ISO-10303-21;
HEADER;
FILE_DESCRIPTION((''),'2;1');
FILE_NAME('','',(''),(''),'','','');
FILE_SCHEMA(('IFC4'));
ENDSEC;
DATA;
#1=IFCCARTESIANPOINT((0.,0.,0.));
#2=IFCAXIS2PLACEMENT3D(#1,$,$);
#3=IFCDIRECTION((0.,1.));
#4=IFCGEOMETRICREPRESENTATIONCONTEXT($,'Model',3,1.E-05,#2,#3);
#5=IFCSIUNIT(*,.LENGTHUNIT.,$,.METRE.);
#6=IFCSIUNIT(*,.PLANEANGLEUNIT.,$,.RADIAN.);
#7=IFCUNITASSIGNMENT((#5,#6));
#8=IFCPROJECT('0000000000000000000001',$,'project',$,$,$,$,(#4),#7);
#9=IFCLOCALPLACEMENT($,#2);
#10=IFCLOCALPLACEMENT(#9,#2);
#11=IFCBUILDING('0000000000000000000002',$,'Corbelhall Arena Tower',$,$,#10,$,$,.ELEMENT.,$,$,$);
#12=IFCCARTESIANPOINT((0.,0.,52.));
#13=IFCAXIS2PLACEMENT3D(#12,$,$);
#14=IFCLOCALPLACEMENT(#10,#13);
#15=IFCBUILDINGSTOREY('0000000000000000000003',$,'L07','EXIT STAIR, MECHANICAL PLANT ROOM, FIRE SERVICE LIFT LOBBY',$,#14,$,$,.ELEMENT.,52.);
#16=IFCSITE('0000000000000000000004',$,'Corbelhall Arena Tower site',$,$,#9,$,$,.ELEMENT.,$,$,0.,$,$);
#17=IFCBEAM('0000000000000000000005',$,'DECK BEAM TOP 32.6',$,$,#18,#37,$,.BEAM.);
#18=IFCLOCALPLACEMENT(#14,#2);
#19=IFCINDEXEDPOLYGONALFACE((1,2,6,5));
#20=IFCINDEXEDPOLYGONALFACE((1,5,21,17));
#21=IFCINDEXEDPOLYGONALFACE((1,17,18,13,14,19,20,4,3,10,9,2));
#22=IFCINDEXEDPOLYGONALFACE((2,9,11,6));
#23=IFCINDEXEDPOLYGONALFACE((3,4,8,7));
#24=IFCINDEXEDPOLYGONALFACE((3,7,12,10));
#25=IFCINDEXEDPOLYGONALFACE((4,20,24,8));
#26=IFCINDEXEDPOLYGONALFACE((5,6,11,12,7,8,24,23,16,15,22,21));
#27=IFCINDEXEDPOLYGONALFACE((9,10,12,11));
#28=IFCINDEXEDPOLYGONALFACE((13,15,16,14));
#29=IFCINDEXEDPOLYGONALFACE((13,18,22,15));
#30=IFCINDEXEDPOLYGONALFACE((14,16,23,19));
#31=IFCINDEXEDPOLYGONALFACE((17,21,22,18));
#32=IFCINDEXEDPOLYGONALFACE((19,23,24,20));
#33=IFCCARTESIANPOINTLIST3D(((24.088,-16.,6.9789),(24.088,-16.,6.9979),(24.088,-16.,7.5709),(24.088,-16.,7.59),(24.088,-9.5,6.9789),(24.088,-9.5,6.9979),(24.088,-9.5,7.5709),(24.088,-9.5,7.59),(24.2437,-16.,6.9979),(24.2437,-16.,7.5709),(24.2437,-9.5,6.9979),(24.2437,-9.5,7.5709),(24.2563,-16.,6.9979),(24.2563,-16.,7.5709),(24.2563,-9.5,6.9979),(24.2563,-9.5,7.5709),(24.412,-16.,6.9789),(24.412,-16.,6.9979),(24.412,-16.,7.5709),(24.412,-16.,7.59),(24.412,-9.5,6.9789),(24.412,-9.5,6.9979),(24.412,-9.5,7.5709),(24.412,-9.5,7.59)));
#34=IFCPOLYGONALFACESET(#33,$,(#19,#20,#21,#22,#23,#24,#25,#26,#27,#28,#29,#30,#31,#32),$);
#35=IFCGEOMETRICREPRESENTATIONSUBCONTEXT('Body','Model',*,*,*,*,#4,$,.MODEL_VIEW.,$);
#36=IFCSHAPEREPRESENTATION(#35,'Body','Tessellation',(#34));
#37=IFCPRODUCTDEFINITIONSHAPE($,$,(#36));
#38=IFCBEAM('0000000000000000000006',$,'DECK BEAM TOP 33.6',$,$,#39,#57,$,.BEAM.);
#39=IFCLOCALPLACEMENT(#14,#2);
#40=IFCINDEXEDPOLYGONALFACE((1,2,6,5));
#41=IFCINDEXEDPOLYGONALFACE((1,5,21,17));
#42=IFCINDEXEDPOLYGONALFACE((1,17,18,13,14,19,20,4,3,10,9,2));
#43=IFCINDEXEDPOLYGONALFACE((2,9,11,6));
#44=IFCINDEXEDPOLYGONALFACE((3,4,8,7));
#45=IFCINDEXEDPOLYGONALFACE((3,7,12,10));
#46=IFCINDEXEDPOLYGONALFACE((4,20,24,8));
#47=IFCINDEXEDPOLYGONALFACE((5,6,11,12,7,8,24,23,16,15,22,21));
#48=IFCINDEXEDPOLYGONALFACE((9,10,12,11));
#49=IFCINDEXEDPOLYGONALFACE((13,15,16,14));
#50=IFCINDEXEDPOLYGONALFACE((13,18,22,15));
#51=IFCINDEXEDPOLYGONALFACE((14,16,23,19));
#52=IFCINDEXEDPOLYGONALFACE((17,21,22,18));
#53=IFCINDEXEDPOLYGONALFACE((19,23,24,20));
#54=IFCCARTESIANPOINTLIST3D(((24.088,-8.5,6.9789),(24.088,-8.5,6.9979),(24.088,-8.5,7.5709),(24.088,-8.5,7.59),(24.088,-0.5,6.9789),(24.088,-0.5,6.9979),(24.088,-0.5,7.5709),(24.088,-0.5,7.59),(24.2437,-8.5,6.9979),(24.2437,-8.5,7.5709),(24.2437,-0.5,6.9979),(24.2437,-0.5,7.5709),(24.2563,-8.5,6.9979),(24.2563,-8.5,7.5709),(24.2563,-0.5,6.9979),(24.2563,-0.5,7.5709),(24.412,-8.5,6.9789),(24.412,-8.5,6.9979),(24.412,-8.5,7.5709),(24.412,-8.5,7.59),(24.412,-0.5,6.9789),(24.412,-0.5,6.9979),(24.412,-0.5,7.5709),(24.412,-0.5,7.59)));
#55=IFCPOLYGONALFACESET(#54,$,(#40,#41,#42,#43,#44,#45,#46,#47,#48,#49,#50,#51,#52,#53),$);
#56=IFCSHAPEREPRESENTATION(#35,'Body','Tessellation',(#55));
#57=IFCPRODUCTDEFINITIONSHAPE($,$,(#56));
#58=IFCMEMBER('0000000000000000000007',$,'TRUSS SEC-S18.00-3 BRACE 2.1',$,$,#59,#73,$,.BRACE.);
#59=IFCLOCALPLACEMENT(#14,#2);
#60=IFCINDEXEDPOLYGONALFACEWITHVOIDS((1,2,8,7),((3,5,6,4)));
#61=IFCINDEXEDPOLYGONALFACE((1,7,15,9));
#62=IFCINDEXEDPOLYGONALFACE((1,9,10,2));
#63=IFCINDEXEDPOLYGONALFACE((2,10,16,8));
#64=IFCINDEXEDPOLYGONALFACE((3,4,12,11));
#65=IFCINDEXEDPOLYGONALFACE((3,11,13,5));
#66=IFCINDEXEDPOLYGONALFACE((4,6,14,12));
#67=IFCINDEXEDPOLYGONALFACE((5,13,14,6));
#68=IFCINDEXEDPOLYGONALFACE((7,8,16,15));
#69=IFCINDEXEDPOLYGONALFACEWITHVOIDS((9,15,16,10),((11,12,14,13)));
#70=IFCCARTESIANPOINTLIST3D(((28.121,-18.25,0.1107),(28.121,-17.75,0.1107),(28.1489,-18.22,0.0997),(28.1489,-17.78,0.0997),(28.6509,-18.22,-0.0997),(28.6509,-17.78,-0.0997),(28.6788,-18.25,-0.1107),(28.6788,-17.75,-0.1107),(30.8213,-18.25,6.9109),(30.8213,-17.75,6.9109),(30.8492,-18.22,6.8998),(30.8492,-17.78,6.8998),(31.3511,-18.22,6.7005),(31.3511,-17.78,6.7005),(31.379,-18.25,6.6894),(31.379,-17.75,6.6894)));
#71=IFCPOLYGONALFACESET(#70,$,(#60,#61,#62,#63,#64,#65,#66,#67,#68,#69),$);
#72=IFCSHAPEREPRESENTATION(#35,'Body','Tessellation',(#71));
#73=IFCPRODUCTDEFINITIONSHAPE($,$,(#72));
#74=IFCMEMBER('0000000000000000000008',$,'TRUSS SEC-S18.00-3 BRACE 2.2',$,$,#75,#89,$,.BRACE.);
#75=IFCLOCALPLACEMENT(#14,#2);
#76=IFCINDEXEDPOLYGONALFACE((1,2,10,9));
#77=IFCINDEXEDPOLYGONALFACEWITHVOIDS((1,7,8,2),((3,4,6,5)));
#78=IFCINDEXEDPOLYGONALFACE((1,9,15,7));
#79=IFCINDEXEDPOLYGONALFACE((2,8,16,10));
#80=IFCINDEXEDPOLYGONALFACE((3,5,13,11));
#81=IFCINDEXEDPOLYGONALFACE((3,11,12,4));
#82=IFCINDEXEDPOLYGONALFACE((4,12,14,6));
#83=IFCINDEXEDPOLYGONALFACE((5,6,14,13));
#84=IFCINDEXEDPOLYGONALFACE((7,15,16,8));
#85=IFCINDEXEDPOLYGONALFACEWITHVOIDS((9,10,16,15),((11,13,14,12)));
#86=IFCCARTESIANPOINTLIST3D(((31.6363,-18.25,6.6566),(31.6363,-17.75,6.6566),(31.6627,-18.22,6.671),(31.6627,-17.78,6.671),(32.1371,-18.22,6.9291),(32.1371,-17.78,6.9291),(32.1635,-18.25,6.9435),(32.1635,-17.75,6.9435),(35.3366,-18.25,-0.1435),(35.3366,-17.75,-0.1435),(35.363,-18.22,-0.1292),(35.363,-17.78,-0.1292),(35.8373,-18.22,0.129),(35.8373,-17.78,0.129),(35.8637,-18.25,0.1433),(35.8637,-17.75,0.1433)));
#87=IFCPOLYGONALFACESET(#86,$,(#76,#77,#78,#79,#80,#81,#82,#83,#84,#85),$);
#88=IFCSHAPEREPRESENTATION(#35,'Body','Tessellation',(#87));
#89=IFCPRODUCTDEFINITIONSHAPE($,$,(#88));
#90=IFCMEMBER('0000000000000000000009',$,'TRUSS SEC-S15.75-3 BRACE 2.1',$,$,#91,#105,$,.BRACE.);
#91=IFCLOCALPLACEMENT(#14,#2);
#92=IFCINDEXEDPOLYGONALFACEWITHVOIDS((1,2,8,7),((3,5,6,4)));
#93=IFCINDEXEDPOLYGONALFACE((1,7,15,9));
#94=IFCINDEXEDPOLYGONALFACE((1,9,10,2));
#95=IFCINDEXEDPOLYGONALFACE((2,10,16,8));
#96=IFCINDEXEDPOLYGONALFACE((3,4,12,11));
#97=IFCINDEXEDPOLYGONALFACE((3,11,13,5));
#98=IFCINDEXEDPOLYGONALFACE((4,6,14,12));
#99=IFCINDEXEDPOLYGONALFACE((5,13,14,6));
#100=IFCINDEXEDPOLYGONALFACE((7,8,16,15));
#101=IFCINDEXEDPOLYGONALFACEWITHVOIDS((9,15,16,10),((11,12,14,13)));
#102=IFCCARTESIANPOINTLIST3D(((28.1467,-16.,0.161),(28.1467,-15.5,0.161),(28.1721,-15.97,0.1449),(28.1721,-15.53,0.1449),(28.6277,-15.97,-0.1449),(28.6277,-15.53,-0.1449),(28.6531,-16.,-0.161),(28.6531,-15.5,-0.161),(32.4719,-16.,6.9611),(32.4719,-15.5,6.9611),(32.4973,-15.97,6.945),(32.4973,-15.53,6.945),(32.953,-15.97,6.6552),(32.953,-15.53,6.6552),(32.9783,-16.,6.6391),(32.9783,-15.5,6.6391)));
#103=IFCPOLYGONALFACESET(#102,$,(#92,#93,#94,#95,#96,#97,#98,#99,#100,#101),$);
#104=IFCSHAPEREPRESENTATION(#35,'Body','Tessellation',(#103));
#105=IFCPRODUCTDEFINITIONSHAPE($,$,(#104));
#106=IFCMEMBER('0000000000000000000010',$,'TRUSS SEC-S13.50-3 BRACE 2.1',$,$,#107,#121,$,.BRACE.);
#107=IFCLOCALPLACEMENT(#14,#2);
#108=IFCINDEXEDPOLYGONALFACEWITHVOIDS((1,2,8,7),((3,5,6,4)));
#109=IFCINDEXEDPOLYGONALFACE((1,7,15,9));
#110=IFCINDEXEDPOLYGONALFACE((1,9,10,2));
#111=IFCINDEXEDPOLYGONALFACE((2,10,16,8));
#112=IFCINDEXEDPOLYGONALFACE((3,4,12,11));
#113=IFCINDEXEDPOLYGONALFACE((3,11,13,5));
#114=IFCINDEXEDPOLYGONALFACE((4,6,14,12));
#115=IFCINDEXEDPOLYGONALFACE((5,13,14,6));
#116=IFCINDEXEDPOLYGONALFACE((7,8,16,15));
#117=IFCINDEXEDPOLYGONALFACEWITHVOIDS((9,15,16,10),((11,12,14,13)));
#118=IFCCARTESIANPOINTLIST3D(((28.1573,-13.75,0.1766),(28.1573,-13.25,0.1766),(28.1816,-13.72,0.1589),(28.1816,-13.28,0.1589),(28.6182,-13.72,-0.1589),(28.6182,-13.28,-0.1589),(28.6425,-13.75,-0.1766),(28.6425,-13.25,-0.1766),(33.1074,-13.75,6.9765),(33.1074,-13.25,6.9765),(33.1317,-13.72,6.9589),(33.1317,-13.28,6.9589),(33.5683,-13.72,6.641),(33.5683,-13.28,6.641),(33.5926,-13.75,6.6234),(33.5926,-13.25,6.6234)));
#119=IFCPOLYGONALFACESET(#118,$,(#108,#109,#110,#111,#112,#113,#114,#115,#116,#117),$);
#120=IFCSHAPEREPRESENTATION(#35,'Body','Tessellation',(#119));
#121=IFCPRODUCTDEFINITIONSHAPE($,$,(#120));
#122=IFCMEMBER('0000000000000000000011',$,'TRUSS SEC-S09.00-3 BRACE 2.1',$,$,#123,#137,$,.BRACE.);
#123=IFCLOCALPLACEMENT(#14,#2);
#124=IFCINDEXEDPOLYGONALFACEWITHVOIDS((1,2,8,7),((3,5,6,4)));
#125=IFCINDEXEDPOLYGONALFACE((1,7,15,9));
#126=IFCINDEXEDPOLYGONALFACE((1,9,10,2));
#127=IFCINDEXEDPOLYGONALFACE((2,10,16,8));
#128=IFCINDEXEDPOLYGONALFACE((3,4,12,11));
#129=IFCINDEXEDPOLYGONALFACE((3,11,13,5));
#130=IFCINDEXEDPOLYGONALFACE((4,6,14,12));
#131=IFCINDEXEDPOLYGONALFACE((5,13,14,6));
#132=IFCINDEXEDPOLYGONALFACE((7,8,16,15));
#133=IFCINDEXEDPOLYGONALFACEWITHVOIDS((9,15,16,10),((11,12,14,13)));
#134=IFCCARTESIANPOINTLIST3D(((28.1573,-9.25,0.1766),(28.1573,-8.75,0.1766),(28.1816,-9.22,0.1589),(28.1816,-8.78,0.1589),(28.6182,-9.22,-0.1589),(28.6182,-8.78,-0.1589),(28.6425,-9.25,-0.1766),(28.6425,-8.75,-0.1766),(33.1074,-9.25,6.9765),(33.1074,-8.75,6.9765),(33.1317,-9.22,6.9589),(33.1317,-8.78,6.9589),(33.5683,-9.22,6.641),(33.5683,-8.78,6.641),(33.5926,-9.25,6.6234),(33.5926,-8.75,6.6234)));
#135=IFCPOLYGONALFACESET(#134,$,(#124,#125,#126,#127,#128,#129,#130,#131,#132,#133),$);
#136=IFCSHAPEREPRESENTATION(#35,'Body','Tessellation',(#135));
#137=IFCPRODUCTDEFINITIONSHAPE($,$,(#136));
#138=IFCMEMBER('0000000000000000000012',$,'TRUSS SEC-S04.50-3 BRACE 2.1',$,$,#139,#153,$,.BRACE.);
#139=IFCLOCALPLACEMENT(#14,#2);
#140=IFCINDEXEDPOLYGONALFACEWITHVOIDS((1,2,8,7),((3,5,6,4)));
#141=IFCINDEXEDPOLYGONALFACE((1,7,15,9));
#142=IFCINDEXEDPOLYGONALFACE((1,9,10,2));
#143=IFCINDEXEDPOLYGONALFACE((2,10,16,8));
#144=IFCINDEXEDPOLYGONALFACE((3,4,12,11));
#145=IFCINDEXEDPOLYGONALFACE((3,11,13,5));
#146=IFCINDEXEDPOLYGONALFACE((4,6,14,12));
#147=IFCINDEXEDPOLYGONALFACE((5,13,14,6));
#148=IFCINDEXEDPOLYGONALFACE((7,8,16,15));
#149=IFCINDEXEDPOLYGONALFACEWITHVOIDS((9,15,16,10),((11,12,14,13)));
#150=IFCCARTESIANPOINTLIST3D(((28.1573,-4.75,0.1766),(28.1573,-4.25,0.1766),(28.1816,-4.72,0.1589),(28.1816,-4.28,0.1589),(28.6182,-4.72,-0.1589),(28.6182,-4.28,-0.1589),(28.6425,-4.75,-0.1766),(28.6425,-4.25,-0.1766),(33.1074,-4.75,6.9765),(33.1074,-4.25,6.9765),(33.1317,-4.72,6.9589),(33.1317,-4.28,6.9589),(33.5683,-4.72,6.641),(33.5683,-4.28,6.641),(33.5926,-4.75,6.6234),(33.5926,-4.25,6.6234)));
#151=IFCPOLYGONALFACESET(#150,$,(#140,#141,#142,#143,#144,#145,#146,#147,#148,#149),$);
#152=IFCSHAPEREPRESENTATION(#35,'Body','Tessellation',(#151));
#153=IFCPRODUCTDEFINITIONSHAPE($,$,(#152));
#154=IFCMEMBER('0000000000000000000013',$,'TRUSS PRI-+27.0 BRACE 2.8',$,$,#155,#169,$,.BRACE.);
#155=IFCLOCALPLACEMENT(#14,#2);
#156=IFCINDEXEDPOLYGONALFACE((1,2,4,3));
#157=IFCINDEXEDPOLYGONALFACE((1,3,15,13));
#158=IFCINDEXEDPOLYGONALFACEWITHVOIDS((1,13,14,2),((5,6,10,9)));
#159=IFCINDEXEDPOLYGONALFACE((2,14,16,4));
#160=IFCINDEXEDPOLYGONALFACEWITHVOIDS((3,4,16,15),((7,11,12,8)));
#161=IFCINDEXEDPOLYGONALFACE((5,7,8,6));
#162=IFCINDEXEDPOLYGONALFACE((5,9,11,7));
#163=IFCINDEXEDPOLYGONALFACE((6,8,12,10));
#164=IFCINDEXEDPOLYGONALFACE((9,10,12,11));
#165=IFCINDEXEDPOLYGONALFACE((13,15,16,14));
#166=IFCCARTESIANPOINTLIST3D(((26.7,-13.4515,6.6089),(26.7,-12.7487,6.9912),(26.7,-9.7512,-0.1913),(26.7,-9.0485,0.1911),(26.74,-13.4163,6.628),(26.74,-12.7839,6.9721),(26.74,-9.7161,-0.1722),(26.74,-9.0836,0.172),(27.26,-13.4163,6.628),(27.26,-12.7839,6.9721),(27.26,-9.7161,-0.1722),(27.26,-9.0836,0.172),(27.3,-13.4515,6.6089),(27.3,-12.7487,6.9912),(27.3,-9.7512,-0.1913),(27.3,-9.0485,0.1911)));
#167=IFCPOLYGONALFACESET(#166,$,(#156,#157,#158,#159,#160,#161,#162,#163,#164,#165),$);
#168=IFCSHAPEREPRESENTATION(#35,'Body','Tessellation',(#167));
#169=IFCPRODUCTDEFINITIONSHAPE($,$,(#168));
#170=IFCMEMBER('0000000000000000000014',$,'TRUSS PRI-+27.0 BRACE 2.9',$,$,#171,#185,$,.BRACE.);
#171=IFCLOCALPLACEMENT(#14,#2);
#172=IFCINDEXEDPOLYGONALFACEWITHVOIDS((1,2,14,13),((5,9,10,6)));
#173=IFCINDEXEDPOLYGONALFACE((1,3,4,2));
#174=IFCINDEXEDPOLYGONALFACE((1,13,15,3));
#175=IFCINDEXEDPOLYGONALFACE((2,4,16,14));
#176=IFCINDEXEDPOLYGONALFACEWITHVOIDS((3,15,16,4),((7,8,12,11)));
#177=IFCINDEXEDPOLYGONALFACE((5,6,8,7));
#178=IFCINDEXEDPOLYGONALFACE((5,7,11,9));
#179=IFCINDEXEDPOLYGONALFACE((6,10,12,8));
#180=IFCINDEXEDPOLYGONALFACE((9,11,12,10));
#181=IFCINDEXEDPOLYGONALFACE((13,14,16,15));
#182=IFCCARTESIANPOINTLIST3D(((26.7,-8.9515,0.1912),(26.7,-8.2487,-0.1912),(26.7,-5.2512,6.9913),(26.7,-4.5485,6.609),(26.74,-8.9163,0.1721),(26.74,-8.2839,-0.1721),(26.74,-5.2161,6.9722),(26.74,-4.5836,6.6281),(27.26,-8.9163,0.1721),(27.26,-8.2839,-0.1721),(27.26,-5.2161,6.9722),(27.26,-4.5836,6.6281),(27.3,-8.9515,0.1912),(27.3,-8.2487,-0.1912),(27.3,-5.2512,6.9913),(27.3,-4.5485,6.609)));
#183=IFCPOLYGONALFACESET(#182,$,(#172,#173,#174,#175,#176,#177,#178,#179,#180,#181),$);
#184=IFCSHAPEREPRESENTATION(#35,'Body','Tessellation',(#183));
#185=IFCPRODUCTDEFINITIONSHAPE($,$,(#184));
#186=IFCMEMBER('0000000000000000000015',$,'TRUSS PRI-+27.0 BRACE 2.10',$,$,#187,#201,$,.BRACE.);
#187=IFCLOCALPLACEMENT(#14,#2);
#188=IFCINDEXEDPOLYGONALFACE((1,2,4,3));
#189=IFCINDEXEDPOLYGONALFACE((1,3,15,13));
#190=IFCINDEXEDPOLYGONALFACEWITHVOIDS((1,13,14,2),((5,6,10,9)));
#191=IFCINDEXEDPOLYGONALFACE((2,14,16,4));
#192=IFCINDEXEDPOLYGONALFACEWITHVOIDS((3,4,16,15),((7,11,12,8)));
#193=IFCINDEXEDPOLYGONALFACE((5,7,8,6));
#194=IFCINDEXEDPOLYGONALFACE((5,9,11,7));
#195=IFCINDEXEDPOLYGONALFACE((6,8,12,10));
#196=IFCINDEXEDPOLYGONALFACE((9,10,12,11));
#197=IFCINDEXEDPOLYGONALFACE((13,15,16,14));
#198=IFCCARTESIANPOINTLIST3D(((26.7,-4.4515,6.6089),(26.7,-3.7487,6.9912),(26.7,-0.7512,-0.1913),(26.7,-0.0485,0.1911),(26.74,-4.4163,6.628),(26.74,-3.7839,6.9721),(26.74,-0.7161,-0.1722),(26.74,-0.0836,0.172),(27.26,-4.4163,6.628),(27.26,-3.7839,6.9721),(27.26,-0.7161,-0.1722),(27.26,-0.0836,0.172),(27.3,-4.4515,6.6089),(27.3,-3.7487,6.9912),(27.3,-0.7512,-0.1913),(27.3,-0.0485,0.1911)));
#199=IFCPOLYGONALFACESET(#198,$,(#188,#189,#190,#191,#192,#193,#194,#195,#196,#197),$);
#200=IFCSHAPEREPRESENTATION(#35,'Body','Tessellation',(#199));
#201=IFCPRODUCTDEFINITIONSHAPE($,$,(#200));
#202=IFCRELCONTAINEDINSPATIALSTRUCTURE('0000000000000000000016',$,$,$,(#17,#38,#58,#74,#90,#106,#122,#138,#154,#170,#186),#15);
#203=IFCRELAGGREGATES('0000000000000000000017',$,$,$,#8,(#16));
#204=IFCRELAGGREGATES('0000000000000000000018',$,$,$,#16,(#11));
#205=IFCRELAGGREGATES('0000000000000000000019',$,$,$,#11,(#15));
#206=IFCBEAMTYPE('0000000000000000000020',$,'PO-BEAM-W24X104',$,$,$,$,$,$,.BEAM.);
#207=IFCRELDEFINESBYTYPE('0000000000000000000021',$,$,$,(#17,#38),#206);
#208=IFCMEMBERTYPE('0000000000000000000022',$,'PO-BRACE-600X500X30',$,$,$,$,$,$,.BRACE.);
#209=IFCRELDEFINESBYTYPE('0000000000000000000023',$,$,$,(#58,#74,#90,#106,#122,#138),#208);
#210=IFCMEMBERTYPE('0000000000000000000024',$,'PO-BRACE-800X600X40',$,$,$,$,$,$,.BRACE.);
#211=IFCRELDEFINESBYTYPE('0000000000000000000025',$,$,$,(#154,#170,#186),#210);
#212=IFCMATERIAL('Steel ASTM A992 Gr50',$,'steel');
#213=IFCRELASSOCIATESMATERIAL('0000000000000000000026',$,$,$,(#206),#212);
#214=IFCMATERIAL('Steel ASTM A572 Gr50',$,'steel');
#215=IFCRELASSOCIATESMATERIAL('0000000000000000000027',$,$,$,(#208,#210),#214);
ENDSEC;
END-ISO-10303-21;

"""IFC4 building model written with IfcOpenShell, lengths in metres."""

from ifc_helpers import new_model, si_unit, direction, frame, origin, origin_2d, place, context, subcontext, project, spatial, hollow_rectangle, i_section, extrude, material, material_profile, profile_set, type_object, element, save


model = new_model("IFC4")

# Units and contexts
model_context = context("Model", 3, precision=1e-05, world=origin(), true_north=direction((0.0, 1.0)))
body_context = subcontext(model_context, "Body", "Model", "MODEL_VIEW")
ifc_project = project(units=[si_unit("LENGTHUNIT", "METRE"), si_unit("PLANEANGLEUNIT", "RADIAN")], contexts=[model_context])

# Site, building, storey
site_placement = place(None, origin())
site = spatial("IfcSite", under=ifc_project, at=site_placement, Name="Corbelhall Arena Tower site", CompositionType="ELEMENT", RefElevation=0.0)
building_placement = place(site_placement, origin())
building = spatial("IfcBuilding", under=site, at=building_placement, Name="Corbelhall Arena Tower", CompositionType="ELEMENT")
storey_placement = place(building_placement, frame((0.0, 0.0, 52.0)))
storey = spatial("IfcBuildingStorey", under=building, at=storey_placement, Name="L07", Description="EXIT STAIR, MECHANICAL PLANT ROOM, FIRE SERVICE LIFT LOBBY", CompositionType="ELEMENT", Elevation=52.0)

# Beams
ifc_material_1 = material(Name="Steel ASTM A992 Gr50", Category="steel")
ifc_material_profile_1 = material_profile(ifc_material_1, i_section(OverallWidth=0.324, OverallDepth=0.6111, WebThickness=0.0127, FlangeThickness=0.019, at=origin_2d()))
ifc_profile_set_1 = profile_set([ifc_material_profile_1], Name="Steel ASTM A992 Gr50")
beam_type = type_object("IfcBeamType", Name="PO-BEAM-W24X104", PredefinedType="BEAM", material=ifc_profile_set_1)
beam_1_placement = place(storey_placement, frame((24.25, -16.0, 7.2844), z_axis=(0.0, 1.0, 0.0), x_axis=(-1.0, 0.0, 0.0)))
element("IfcBeam", 1, at=beam_1_placement, inside=storey, type_object=beam_type, Name="DECK BEAM TOP 32.6", PredefinedType="BEAM", context=body_context, shape_type="SweptSolid", body=[
    extrude(i_section(OverallWidth=0.324, OverallDepth=0.6111, WebThickness=0.0127, FlangeThickness=0.019, at=origin_2d()), origin(), (0.0, 0.0, 1.0), 6.5),
])
beam_2_placement = place(storey_placement, frame((24.25, -8.5, 7.2844), z_axis=(0.0, 1.0, 0.0), x_axis=(-1.0, 0.0, 0.0)))
element("IfcBeam", 2, at=beam_2_placement, inside=storey, type_object=beam_type, Name="DECK BEAM TOP 33.6", PredefinedType="BEAM", context=body_context, shape_type="SweptSolid", body=[
    extrude(i_section(OverallWidth=0.324, OverallDepth=0.6111, WebThickness=0.0127, FlangeThickness=0.019, at=origin_2d()), origin(), (0.0, 0.0, 1.0), 8.0),
])

# Members
ifc_material_2 = material(Name="Steel ASTM A572 Gr50", Category="steel")
ifc_material_profile_2 = material_profile(ifc_material_2, hollow_rectangle(XDim=0.5, YDim=0.6001, WallThickness=0.03, at=origin_2d()))
ifc_profile_set_2 = profile_set([ifc_material_profile_2], Name="Steel ASTM A572 Gr50")
member_type_1 = type_object("IfcMemberType", Name="PO-BRACE-600X500X30", PredefinedType="BRACE", material=ifc_profile_set_2)
member_1_placement = place(storey_placement, frame((28.3999, -18.0, 0.0), z_axis=(0.369054, 0.0, 0.929408), x_axis=(0.0, 1.0, 0.0)))
element("IfcMember", 3, at=member_1_placement, inside=storey, type_object=member_type_1, Name="TRUSS SEC-S18.00-3 BRACE 2.1", PredefinedType="BRACE", context=body_context, shape_type="SweptSolid", body=[
    extrude(hollow_rectangle(XDim=0.5, YDim=0.6001, WallThickness=0.03, at=origin_2d()), origin(), (0.0, 0.0, 1.0), 7.3167),
])
member_2_placement = place(storey_placement, frame((31.8999, -18.0, 6.8), z_axis=(0.477964, 0.0, -0.87838), x_axis=(0.0, 1.0, 0.0)))
element("IfcMember", 4, at=member_2_placement, inside=storey, type_object=member_type_1, Name="TRUSS SEC-S18.00-3 BRACE 2.2", PredefinedType="BRACE", context=body_context, shape_type="SweptSolid", body=[
    extrude(hollow_rectangle(XDim=0.5, YDim=0.6001, WallThickness=0.03, at=origin_2d()), origin(), (0.0, 0.0, 1.0), 7.7417),
])
member_3_placement = place(storey_placement, frame((28.3999, -15.75, 0.0), z_axis=(0.536689, 0.0, 0.84378), x_axis=(0.0, 1.0, 0.0)))
element("IfcMember", 5, at=member_3_placement, inside=storey, type_object=member_type_1, Name="TRUSS SEC-S15.75-3 BRACE 2.1", PredefinedType="BRACE", context=body_context, shape_type="SweptSolid", body=[
    extrude(hollow_rectangle(XDim=0.5, YDim=0.6001, WallThickness=0.03, at=origin_2d()), origin(), (0.0, 0.0, 1.0), 8.0591),
])
for number, where, z_axis, x_axis, name in (
    (6, (28.3999, -13.5, 0.0), (0.588538, 0.0, 0.80847), (0.0, 1.0, 0.0), "TRUSS SEC-S13.50-3 BRACE 2.1"),
    (7, (28.3999, -9.0, 0.0), (0.588538, 0.0, 0.80847), (0.0, 1.0, 0.0), "TRUSS SEC-S09.00-3 BRACE 2.1"),
    (8, (28.3999, -4.5, 0.0), (0.588538, 0.0, 0.80847), (0.0, 1.0, 0.0), "TRUSS SEC-S04.50-3 BRACE 2.1"),
):
    element("IfcMember", number, at=place(storey_placement, frame(where, z_axis=z_axis, x_axis=x_axis)), inside=storey, type_object=member_type_1, Name=name, PredefinedType="BRACE", context=body_context, shape_type="SweptSolid", body=[
        extrude(hollow_rectangle(XDim=0.5, YDim=0.6001, WallThickness=0.03, at=origin_2d()), origin(), (0.0, 0.0, 1.0), 8.4109),
    ])
ifc_material_profile_3 = material_profile(ifc_material_2, hollow_rectangle(XDim=0.6001, YDim=0.8, WallThickness=0.04, at=origin_2d()))
ifc_profile_set_3 = profile_set([ifc_material_profile_3], Name="Steel ASTM A572 Gr50")
member_type_2 = type_object("IfcMemberType", Name="PO-BRACE-800X600X40", PredefinedType="BRACE", material=ifc_profile_set_3)
for number, where, z_axis, x_axis, name in (
    (9, (27.0, -13.1001, 6.8), (0.0, 0.477964, -0.87838), (-1.0, 0.0, 0.0), "TRUSS PRI-+27.0 BRACE 2.8"),
    (10, (27.0, -8.6001, 0.0), (0.0, 0.477964, 0.87838), (-1.0, 0.0, 0.0), "TRUSS PRI-+27.0 BRACE 2.9"),
    (11, (27.0, -4.1001, 6.8), (0.0, 0.477964, -0.87838), (-1.0, 0.0, 0.0), "TRUSS PRI-+27.0 BRACE 2.10"),
):
    element("IfcMember", number, at=place(storey_placement, frame(where, z_axis=z_axis, x_axis=x_axis)), inside=storey, type_object=member_type_2, Name=name, PredefinedType="BRACE", context=body_context, shape_type="SweptSolid", body=[
        extrude(hollow_rectangle(XDim=0.6001, YDim=0.8, WallThickness=0.04, at=origin_2d()), origin(), (0.0, 0.0, 1.0), 7.7417),
    ])

save(model, "model.ifc")
